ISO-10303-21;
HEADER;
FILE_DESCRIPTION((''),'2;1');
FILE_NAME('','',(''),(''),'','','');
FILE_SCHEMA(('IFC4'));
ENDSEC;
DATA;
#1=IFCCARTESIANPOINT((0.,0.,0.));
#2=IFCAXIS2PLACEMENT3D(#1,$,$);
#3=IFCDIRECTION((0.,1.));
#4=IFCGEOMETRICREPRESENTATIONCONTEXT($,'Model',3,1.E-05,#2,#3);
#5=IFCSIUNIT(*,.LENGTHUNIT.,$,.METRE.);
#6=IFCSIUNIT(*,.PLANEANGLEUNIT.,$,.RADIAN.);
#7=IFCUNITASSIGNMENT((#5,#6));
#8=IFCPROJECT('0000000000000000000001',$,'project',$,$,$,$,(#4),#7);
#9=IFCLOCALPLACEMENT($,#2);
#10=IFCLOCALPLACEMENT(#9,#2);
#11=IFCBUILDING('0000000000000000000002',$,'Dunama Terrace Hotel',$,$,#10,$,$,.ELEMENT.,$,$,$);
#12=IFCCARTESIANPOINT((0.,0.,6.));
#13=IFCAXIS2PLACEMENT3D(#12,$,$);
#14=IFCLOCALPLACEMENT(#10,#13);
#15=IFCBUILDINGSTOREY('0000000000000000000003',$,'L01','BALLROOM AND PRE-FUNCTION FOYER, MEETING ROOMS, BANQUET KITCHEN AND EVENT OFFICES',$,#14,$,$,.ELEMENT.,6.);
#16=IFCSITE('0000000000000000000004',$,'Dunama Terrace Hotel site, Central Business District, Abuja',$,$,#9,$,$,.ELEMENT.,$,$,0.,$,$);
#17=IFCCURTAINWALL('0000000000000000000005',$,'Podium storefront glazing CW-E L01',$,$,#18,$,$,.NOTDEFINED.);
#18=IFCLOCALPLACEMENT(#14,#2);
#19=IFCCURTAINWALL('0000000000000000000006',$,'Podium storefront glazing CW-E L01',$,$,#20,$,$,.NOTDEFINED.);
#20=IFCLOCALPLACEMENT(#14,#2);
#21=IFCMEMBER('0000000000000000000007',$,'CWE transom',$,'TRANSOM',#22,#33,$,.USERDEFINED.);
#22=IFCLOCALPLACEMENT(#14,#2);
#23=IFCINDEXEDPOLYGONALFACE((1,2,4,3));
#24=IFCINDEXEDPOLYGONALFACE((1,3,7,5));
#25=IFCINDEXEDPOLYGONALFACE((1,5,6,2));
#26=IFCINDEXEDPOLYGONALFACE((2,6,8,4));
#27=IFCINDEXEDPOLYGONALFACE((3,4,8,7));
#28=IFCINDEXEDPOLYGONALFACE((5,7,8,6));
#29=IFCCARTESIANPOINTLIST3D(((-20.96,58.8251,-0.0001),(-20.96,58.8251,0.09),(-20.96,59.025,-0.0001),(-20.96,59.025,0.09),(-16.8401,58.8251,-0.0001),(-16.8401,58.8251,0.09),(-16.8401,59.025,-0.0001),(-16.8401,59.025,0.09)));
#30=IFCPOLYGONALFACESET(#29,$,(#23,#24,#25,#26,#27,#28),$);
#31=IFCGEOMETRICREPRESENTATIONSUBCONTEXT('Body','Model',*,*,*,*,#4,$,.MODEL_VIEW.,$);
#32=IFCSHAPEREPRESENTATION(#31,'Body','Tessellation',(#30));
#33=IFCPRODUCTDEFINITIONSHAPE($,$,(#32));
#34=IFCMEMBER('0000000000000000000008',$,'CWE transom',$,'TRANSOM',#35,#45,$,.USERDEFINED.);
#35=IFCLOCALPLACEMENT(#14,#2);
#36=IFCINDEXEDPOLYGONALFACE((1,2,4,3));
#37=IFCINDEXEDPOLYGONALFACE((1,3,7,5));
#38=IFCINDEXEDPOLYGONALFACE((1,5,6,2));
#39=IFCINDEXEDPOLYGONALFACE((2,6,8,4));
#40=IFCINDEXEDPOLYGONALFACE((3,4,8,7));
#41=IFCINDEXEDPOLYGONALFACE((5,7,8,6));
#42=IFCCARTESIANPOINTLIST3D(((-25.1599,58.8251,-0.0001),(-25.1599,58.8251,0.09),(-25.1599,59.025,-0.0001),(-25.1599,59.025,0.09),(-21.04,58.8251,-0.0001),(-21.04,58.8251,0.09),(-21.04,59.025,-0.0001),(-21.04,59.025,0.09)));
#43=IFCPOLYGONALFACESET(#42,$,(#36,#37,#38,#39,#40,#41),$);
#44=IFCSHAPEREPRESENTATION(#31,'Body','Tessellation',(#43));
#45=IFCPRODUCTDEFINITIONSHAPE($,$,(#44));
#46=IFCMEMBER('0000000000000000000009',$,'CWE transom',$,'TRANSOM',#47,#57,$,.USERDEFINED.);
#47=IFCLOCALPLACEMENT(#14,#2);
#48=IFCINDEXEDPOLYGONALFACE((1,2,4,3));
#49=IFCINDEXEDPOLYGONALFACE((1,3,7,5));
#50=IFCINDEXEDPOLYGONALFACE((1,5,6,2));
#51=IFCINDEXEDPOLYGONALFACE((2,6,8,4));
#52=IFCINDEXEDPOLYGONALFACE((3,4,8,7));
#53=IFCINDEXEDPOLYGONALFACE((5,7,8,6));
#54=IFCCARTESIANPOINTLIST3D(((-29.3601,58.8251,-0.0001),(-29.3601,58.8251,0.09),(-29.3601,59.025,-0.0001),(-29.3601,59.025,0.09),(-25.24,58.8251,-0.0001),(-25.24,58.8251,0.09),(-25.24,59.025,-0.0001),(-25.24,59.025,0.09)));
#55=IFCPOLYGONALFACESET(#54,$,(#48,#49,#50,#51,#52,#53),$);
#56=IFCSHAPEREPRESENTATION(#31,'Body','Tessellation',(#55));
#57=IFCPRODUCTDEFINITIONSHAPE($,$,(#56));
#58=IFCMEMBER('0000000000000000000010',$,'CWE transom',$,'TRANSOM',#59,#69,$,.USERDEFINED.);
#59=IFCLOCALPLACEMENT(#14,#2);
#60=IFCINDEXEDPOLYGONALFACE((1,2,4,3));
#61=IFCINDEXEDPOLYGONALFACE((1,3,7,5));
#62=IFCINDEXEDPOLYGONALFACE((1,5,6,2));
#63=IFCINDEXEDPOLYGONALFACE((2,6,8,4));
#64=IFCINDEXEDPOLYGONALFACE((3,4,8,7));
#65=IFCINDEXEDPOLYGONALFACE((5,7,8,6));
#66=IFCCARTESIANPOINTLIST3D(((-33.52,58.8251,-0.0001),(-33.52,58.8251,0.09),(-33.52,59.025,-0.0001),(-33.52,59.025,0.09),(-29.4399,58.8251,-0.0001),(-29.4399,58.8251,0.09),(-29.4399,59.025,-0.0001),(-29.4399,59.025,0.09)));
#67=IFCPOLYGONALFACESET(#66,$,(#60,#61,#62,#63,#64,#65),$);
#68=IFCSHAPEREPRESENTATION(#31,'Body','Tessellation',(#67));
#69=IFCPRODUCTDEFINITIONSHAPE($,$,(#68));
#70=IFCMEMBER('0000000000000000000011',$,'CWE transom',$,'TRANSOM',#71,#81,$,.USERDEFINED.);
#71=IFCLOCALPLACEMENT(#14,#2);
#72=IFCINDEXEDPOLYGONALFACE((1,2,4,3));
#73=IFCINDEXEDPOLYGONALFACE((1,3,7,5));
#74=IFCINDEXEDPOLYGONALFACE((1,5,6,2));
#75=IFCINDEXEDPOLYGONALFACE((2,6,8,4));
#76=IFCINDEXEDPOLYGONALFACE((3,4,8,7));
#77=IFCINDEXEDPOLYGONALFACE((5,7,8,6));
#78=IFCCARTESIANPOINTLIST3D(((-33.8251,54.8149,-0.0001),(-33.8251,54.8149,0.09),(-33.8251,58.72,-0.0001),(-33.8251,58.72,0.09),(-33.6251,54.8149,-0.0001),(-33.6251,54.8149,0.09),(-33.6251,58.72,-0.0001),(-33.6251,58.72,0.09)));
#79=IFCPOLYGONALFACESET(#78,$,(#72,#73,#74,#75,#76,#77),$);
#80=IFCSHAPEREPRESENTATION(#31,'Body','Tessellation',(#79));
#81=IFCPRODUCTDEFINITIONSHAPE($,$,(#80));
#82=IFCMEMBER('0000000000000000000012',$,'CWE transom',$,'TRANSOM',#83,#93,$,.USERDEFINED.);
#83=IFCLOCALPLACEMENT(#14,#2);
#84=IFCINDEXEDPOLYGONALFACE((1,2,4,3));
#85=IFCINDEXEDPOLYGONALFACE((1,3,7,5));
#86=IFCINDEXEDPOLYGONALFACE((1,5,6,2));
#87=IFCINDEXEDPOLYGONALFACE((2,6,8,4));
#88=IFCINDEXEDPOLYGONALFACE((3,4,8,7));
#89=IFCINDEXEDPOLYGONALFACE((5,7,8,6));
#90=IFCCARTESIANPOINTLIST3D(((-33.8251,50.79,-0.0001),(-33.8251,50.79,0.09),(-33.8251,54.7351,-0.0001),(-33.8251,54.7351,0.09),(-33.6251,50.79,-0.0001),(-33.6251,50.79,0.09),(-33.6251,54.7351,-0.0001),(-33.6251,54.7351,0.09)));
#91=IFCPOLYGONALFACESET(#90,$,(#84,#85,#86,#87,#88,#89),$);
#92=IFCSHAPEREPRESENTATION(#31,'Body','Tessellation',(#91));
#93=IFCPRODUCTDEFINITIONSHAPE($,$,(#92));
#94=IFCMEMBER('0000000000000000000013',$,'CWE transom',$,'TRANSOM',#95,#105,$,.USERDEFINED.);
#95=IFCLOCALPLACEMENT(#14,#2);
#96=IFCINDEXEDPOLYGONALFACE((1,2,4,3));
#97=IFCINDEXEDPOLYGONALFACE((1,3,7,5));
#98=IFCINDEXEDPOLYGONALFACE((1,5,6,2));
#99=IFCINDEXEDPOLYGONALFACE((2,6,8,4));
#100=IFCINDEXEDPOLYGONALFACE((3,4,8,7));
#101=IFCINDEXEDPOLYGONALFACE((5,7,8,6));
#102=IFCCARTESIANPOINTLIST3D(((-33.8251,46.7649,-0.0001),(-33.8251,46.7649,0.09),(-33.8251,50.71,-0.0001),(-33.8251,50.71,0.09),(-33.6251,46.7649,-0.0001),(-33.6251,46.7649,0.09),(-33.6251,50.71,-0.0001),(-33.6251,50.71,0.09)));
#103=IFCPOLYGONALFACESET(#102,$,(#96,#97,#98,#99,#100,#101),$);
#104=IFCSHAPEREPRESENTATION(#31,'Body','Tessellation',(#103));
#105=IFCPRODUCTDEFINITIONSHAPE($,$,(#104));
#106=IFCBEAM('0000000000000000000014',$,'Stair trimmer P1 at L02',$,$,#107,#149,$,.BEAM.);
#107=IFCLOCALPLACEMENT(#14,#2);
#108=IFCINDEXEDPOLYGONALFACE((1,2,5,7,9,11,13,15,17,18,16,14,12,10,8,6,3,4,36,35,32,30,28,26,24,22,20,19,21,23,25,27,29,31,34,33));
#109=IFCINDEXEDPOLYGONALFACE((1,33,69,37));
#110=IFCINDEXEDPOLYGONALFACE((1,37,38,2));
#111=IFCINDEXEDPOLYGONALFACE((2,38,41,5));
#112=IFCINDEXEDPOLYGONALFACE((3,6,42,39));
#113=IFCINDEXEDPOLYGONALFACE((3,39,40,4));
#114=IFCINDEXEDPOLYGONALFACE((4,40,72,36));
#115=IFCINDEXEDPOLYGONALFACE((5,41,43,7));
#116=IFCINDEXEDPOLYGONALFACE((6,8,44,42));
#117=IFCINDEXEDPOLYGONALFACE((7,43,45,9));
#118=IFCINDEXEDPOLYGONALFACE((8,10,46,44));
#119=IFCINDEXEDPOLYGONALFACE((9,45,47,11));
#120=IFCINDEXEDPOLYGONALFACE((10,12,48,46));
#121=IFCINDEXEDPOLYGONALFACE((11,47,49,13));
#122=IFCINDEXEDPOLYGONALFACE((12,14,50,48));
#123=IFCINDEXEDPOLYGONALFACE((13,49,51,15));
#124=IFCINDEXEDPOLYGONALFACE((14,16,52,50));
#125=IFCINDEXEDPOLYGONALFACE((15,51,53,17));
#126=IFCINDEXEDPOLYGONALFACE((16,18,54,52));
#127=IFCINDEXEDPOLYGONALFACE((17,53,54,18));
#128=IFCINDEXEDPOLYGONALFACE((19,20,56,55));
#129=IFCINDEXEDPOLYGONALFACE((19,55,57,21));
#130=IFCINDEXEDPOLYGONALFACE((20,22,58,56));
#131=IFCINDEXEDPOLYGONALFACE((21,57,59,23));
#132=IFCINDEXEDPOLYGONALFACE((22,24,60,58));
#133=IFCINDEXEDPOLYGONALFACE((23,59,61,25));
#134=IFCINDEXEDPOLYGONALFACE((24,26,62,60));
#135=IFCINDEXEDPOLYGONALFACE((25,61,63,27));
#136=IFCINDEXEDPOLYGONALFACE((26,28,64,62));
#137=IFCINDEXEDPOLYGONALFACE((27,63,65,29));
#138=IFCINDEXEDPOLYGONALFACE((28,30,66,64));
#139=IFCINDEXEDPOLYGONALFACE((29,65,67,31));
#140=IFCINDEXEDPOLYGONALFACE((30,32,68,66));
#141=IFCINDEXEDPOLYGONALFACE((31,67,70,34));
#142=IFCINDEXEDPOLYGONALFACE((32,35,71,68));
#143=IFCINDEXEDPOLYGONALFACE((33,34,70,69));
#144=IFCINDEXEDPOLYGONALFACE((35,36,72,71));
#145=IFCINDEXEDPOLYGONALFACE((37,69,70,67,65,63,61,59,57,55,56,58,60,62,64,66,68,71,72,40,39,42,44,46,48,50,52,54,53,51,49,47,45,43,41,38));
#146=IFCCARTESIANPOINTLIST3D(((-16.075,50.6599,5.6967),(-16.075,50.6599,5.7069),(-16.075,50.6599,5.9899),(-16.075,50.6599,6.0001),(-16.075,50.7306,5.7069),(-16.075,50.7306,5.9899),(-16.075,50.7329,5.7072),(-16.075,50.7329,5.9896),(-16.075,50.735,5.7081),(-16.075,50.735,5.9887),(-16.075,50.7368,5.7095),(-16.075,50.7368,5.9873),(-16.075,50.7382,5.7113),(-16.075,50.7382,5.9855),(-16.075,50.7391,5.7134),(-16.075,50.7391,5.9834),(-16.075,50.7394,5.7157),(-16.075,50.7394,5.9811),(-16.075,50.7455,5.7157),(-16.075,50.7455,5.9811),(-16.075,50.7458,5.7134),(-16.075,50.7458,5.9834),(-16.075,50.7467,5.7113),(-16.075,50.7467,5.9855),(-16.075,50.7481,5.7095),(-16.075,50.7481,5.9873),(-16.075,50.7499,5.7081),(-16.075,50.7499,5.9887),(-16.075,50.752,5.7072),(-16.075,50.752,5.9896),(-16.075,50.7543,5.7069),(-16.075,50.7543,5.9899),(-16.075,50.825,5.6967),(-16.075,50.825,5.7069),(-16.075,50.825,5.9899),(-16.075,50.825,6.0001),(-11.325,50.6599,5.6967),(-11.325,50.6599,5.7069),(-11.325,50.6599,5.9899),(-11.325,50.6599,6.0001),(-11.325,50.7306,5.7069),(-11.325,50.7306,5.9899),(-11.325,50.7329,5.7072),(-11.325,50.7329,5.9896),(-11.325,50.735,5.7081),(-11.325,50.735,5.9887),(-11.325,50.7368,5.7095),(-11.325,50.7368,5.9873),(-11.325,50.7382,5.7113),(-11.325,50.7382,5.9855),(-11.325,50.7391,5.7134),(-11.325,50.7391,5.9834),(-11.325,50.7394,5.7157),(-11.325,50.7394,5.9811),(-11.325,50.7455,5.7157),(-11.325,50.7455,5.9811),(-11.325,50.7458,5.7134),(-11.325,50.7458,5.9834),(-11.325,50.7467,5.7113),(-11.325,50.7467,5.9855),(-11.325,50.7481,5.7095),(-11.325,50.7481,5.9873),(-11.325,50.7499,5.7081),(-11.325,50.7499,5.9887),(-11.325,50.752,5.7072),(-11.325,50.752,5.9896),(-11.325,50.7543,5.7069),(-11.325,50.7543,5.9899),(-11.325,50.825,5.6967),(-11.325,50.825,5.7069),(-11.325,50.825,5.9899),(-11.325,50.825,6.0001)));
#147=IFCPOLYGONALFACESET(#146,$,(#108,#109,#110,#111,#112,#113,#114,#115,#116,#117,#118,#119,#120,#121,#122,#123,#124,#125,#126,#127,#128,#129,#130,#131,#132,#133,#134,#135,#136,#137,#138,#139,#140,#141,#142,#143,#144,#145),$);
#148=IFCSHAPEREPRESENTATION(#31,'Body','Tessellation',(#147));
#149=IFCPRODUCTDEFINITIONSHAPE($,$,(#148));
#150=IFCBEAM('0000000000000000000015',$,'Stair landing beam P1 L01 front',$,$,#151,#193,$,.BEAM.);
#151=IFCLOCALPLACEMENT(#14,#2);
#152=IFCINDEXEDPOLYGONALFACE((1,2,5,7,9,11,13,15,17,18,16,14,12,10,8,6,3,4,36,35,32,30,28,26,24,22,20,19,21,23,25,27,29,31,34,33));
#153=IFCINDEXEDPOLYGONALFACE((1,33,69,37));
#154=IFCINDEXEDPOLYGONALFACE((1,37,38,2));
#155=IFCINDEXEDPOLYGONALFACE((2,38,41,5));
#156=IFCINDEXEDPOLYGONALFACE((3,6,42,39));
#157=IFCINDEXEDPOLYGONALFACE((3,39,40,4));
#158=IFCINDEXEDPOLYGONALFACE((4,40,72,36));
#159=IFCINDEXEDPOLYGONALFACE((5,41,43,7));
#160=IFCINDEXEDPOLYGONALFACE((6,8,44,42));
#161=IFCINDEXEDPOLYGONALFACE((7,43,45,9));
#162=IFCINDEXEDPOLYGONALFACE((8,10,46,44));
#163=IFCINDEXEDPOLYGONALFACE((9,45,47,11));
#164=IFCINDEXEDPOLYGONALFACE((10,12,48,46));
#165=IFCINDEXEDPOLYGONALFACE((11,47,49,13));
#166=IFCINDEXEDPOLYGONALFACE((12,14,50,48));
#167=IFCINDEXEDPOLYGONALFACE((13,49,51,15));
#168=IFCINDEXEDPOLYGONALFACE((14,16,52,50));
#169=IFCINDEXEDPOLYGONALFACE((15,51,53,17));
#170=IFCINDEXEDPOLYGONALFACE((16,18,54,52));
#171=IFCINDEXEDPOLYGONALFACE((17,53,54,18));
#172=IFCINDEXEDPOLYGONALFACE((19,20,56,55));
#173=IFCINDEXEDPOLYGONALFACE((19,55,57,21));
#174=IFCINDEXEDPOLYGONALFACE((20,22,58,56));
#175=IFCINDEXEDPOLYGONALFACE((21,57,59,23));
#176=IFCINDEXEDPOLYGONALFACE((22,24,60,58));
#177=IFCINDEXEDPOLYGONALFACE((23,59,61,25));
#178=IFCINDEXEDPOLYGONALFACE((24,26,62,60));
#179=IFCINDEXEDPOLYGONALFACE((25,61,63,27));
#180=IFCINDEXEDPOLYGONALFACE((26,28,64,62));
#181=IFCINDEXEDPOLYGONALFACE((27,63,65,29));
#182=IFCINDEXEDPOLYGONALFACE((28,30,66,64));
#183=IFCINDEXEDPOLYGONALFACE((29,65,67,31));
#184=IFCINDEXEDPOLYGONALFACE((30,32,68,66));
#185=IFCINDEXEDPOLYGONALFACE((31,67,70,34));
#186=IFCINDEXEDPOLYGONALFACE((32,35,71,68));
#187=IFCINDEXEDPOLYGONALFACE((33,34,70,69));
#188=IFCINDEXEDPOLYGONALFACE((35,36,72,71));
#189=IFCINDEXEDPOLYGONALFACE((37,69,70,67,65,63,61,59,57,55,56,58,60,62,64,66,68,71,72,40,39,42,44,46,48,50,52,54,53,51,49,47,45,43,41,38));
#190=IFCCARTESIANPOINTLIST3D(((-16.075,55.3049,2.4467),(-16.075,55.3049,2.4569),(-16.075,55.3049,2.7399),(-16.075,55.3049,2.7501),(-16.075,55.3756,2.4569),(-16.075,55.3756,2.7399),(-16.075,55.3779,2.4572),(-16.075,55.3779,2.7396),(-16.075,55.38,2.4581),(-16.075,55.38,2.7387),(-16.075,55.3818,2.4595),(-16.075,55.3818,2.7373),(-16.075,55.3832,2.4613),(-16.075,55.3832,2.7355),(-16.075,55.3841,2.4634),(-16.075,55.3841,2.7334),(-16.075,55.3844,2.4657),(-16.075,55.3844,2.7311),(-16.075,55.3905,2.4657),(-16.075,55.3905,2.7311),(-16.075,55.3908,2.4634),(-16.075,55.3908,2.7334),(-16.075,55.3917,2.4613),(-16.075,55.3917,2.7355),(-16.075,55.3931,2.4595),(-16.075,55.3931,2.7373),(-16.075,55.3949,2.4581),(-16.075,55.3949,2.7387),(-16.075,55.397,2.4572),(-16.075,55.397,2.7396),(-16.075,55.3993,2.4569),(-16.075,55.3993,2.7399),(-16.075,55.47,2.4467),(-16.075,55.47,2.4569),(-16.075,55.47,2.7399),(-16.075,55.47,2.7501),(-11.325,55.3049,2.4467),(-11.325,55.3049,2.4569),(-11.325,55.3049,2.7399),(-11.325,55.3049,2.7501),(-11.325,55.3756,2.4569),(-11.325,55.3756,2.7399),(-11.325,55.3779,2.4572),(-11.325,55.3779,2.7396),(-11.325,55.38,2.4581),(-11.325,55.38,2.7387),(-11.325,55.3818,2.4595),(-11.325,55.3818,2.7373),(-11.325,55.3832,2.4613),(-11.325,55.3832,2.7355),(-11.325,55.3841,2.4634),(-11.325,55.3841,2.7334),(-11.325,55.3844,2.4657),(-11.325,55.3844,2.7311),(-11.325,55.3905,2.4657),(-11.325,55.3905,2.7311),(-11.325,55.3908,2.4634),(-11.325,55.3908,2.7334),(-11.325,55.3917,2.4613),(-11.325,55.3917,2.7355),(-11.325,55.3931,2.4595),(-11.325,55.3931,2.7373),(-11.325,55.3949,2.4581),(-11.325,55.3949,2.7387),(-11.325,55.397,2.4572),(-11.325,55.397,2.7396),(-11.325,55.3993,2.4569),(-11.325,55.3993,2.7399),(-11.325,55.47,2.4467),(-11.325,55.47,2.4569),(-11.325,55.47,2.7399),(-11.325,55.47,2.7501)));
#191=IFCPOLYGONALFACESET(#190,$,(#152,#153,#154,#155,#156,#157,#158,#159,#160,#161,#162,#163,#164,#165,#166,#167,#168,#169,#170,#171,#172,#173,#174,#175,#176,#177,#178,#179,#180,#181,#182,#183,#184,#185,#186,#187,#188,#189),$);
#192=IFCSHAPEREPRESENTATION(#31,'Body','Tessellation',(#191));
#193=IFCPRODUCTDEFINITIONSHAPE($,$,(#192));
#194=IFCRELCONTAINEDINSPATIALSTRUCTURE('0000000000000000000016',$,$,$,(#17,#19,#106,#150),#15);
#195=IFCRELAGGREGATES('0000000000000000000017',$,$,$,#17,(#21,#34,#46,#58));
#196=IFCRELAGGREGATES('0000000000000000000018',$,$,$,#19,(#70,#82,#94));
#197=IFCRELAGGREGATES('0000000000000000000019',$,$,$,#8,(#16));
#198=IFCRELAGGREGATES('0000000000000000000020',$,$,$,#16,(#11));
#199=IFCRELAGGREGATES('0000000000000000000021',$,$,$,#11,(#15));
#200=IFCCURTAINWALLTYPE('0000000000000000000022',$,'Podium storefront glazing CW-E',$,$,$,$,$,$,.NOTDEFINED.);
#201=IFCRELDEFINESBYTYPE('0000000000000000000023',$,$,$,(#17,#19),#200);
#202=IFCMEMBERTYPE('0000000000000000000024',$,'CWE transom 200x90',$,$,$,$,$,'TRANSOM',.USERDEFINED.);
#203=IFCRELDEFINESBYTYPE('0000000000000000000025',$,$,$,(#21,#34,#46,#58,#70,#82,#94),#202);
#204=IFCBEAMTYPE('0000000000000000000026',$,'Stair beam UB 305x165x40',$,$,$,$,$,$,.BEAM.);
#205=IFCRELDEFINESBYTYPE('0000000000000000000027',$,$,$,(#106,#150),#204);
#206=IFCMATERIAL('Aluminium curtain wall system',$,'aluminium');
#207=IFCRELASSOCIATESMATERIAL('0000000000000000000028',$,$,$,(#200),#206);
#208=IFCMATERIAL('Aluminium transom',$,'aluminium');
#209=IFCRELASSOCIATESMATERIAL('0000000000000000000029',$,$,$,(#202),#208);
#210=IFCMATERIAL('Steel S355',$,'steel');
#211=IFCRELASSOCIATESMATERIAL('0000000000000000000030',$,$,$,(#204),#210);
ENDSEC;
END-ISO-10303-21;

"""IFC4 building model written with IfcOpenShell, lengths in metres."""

from ifc_helpers import new_model, si_unit, direction, frame, origin, origin_2d, place, context, subcontext, project, spatial, rectangle, i_section, extrude, material, material_profile, profile_set, type_object, element, aggregate, save


model = new_model("IFC4")

# Units and contexts
model_context = context("Model", 3, precision=1e-05, world=origin(), true_north=direction((0.0, 1.0)))
body_context = subcontext(model_context, "Body", "Model", "MODEL_VIEW")
ifc_project = project(units=[si_unit("LENGTHUNIT", "METRE"), si_unit("PLANEANGLEUNIT", "RADIAN")], contexts=[model_context])

# Site, building, storey
site_placement = place(None, origin())
site = spatial("IfcSite", under=ifc_project, at=site_placement, Name="Dunama Terrace Hotel site, Central Business District, Abuja", CompositionType="ELEMENT", RefElevation=0.0)
building_placement = place(site_placement, origin())
building = spatial("IfcBuilding", under=site, at=building_placement, Name="Dunama Terrace Hotel", CompositionType="ELEMENT")
storey_placement = place(building_placement, frame((0.0, 0.0, 6.0)))
storey = spatial("IfcBuildingStorey", under=building, at=storey_placement, Name="L01", Description="BALLROOM AND PRE-FUNCTION FOYER, MEETING ROOMS, BANQUET KITCHEN AND EVENT OFFICES", CompositionType="ELEMENT", Elevation=6.0)

# Curtain walls
ifc_material_1 = material(Name="Aluminium curtain wall system", Category="aluminium")
curtain_wall_type = type_object("IfcCurtainWallType", Name="Podium storefront glazing CW-E", PredefinedType="NOTDEFINED", material=ifc_material_1)
curtain_wall_1_placement = place(storey_placement, origin())
curtain_wall_1 = element("IfcCurtainWall", 1, at=curtain_wall_1_placement, inside=storey, type_object=curtain_wall_type, Name="Podium storefront glazing CW-E L01", PredefinedType="NOTDEFINED")
curtain_wall_2_placement = place(storey_placement, origin())
curtain_wall_2 = element("IfcCurtainWall", 2, at=curtain_wall_2_placement, inside=storey, type_object=curtain_wall_type, Name="Podium storefront glazing CW-E L01", PredefinedType="NOTDEFINED")

# Members
ifc_material_2 = material(Name="Aluminium transom", Category="aluminium")
ifc_material_profile_1 = material_profile(ifc_material_2, rectangle(XDim=0.2, YDim=0.0901, at=origin_2d()), Name="CWE TRANSOM 200X90")
ifc_profile_set_1 = profile_set([ifc_material_profile_1], Name="Aluminium transom")
member_type_1 = type_object("IfcMemberType", Name="CWE transom 200x90", ElementType="TRANSOM", PredefinedType="USERDEFINED", material=ifc_profile_set_1)
member_1_placement = place(storey_placement, frame((-16.8401, 58.925, 0.0449), z_axis=(-1.0, 0.0, 0.0), x_axis=(0.0, -1.0, 0.0)))
member_1 = element("IfcMember", 3, at=member_1_placement, type_object=member_type_1, Name="CWE transom", ObjectType="TRANSOM", PredefinedType="USERDEFINED", context=body_context, shape_type="SweptSolid", body=[
    extrude(rectangle(XDim=0.2, YDim=0.0901, at=origin_2d()), origin(), (0.0, 0.0, 1.0), 4.1199),
])
member_2_placement = place(storey_placement, frame((-21.04, 58.925, 0.0449), z_axis=(-1.0, 0.0, 0.0), x_axis=(0.0, -1.0, 0.0)))
member_2 = element("IfcMember", 4, at=member_2_placement, type_object=member_type_1, Name="CWE transom", ObjectType="TRANSOM", PredefinedType="USERDEFINED", context=body_context, shape_type="SweptSolid", body=[
    extrude(rectangle(XDim=0.2, YDim=0.0901, at=origin_2d()), origin(), (0.0, 0.0, 1.0), 4.1199),
])
member_3_placement = place(storey_placement, frame((-25.24, 58.925, 0.0449), z_axis=(-1.0, 0.0, 0.0), x_axis=(0.0, -1.0, 0.0)))
member_3 = element("IfcMember", 5, at=member_3_placement, type_object=member_type_1, Name="CWE transom", ObjectType="TRANSOM", PredefinedType="USERDEFINED", context=body_context, shape_type="SweptSolid", body=[
    extrude(rectangle(XDim=0.2, YDim=0.0901, at=origin_2d()), origin(), (0.0, 0.0, 1.0), 4.1201),
])
member_4_placement = place(storey_placement, frame((-29.4399, 58.925, 0.0449), z_axis=(-1.0, 0.0, 0.0), x_axis=(0.0, -1.0, 0.0)))
member_4 = element("IfcMember", 6, at=member_4_placement, type_object=member_type_1, Name="CWE transom", ObjectType="TRANSOM", PredefinedType="USERDEFINED", context=body_context, shape_type="SweptSolid", body=[
    extrude(rectangle(XDim=0.2, YDim=0.0901, at=origin_2d()), origin(), (0.0, 0.0, 1.0), 4.0801),
])
member_5_placement = place(storey_placement, frame((-33.7251, 58.72, 0.0449), z_axis=(0.0, -1.0, 0.0), x_axis=(1.0, 0.0, 0.0)))
member_5 = element("IfcMember", 7, at=member_5_placement, type_object=member_type_1, Name="CWE transom", ObjectType="TRANSOM", PredefinedType="USERDEFINED", context=body_context, shape_type="SweptSolid", body=[
    extrude(rectangle(XDim=0.2, YDim=0.0901, at=origin_2d()), origin(), (0.0, 0.0, 1.0), 3.905),
])
member_6_placement = place(storey_placement, frame((-33.7251, 54.7351, 0.0449), z_axis=(0.0, -1.0, 0.0), x_axis=(1.0, 0.0, 0.0)))
member_6 = element("IfcMember", 8, at=member_6_placement, type_object=member_type_1, Name="CWE transom", ObjectType="TRANSOM", PredefinedType="USERDEFINED", context=body_context, shape_type="SweptSolid", body=[
    extrude(rectangle(XDim=0.2, YDim=0.0901, at=origin_2d()), origin(), (0.0, 0.0, 1.0), 3.9451),
])
member_7_placement = place(storey_placement, frame((-33.7251, 50.71, 0.0449), z_axis=(0.0, -1.0, 0.0), x_axis=(1.0, 0.0, 0.0)))
member_7 = element("IfcMember", 9, at=member_7_placement, type_object=member_type_1, Name="CWE transom", ObjectType="TRANSOM", PredefinedType="USERDEFINED", context=body_context, shape_type="SweptSolid", body=[
    extrude(rectangle(XDim=0.2, YDim=0.0901, at=origin_2d()), origin(), (0.0, 0.0, 1.0), 3.9451),
])

# Beams
ifc_material_3 = material(Name="Steel S355", Category="steel")
ifc_material_profile_2 = material_profile(ifc_material_3, i_section(OverallWidth=0.165, OverallDepth=0.3035, WebThickness=0.0061, FlangeThickness=0.0103, FilletRadius=0.0088, at=origin_2d()), Name="UB 305x165x40")
ifc_profile_set_2 = profile_set([ifc_material_profile_2], Name="Steel S355")
beam_type = type_object("IfcBeamType", Name="Stair beam UB 305x165x40", PredefinedType="BEAM", material=ifc_profile_set_2)
for number, where, z_axis, x_axis, name in (
    (10, (-16.075, 50.7424, 5.8484), (1.0, 0.0, 0.0), (0.0, 1.0, 0.0), "Stair trimmer P1 at L02"),
    (11, (-16.075, 55.3875, 2.5984), (1.0, 0.0, 0.0), (0.0, 1.0, 0.0), "Stair landing beam P1 L01 front"),
):
    element("IfcBeam", number, at=place(storey_placement, frame(where, z_axis=z_axis, x_axis=x_axis)), inside=storey, type_object=beam_type, Name=name, PredefinedType="BEAM", context=body_context, shape_type="SweptSolid", body=[
        extrude(i_section(OverallWidth=0.165, OverallDepth=0.3035, WebThickness=0.0061, FlangeThickness=0.0103, FilletRadius=0.0088, at=origin_2d()), origin(), (0.0, 0.0, 1.0), 4.75),
    ])

aggregate(curtain_wall_1, [member_1, member_2, member_3, member_4])
aggregate(curtain_wall_2, [member_5, member_6, member_7])

save(model, "model.ifc")
